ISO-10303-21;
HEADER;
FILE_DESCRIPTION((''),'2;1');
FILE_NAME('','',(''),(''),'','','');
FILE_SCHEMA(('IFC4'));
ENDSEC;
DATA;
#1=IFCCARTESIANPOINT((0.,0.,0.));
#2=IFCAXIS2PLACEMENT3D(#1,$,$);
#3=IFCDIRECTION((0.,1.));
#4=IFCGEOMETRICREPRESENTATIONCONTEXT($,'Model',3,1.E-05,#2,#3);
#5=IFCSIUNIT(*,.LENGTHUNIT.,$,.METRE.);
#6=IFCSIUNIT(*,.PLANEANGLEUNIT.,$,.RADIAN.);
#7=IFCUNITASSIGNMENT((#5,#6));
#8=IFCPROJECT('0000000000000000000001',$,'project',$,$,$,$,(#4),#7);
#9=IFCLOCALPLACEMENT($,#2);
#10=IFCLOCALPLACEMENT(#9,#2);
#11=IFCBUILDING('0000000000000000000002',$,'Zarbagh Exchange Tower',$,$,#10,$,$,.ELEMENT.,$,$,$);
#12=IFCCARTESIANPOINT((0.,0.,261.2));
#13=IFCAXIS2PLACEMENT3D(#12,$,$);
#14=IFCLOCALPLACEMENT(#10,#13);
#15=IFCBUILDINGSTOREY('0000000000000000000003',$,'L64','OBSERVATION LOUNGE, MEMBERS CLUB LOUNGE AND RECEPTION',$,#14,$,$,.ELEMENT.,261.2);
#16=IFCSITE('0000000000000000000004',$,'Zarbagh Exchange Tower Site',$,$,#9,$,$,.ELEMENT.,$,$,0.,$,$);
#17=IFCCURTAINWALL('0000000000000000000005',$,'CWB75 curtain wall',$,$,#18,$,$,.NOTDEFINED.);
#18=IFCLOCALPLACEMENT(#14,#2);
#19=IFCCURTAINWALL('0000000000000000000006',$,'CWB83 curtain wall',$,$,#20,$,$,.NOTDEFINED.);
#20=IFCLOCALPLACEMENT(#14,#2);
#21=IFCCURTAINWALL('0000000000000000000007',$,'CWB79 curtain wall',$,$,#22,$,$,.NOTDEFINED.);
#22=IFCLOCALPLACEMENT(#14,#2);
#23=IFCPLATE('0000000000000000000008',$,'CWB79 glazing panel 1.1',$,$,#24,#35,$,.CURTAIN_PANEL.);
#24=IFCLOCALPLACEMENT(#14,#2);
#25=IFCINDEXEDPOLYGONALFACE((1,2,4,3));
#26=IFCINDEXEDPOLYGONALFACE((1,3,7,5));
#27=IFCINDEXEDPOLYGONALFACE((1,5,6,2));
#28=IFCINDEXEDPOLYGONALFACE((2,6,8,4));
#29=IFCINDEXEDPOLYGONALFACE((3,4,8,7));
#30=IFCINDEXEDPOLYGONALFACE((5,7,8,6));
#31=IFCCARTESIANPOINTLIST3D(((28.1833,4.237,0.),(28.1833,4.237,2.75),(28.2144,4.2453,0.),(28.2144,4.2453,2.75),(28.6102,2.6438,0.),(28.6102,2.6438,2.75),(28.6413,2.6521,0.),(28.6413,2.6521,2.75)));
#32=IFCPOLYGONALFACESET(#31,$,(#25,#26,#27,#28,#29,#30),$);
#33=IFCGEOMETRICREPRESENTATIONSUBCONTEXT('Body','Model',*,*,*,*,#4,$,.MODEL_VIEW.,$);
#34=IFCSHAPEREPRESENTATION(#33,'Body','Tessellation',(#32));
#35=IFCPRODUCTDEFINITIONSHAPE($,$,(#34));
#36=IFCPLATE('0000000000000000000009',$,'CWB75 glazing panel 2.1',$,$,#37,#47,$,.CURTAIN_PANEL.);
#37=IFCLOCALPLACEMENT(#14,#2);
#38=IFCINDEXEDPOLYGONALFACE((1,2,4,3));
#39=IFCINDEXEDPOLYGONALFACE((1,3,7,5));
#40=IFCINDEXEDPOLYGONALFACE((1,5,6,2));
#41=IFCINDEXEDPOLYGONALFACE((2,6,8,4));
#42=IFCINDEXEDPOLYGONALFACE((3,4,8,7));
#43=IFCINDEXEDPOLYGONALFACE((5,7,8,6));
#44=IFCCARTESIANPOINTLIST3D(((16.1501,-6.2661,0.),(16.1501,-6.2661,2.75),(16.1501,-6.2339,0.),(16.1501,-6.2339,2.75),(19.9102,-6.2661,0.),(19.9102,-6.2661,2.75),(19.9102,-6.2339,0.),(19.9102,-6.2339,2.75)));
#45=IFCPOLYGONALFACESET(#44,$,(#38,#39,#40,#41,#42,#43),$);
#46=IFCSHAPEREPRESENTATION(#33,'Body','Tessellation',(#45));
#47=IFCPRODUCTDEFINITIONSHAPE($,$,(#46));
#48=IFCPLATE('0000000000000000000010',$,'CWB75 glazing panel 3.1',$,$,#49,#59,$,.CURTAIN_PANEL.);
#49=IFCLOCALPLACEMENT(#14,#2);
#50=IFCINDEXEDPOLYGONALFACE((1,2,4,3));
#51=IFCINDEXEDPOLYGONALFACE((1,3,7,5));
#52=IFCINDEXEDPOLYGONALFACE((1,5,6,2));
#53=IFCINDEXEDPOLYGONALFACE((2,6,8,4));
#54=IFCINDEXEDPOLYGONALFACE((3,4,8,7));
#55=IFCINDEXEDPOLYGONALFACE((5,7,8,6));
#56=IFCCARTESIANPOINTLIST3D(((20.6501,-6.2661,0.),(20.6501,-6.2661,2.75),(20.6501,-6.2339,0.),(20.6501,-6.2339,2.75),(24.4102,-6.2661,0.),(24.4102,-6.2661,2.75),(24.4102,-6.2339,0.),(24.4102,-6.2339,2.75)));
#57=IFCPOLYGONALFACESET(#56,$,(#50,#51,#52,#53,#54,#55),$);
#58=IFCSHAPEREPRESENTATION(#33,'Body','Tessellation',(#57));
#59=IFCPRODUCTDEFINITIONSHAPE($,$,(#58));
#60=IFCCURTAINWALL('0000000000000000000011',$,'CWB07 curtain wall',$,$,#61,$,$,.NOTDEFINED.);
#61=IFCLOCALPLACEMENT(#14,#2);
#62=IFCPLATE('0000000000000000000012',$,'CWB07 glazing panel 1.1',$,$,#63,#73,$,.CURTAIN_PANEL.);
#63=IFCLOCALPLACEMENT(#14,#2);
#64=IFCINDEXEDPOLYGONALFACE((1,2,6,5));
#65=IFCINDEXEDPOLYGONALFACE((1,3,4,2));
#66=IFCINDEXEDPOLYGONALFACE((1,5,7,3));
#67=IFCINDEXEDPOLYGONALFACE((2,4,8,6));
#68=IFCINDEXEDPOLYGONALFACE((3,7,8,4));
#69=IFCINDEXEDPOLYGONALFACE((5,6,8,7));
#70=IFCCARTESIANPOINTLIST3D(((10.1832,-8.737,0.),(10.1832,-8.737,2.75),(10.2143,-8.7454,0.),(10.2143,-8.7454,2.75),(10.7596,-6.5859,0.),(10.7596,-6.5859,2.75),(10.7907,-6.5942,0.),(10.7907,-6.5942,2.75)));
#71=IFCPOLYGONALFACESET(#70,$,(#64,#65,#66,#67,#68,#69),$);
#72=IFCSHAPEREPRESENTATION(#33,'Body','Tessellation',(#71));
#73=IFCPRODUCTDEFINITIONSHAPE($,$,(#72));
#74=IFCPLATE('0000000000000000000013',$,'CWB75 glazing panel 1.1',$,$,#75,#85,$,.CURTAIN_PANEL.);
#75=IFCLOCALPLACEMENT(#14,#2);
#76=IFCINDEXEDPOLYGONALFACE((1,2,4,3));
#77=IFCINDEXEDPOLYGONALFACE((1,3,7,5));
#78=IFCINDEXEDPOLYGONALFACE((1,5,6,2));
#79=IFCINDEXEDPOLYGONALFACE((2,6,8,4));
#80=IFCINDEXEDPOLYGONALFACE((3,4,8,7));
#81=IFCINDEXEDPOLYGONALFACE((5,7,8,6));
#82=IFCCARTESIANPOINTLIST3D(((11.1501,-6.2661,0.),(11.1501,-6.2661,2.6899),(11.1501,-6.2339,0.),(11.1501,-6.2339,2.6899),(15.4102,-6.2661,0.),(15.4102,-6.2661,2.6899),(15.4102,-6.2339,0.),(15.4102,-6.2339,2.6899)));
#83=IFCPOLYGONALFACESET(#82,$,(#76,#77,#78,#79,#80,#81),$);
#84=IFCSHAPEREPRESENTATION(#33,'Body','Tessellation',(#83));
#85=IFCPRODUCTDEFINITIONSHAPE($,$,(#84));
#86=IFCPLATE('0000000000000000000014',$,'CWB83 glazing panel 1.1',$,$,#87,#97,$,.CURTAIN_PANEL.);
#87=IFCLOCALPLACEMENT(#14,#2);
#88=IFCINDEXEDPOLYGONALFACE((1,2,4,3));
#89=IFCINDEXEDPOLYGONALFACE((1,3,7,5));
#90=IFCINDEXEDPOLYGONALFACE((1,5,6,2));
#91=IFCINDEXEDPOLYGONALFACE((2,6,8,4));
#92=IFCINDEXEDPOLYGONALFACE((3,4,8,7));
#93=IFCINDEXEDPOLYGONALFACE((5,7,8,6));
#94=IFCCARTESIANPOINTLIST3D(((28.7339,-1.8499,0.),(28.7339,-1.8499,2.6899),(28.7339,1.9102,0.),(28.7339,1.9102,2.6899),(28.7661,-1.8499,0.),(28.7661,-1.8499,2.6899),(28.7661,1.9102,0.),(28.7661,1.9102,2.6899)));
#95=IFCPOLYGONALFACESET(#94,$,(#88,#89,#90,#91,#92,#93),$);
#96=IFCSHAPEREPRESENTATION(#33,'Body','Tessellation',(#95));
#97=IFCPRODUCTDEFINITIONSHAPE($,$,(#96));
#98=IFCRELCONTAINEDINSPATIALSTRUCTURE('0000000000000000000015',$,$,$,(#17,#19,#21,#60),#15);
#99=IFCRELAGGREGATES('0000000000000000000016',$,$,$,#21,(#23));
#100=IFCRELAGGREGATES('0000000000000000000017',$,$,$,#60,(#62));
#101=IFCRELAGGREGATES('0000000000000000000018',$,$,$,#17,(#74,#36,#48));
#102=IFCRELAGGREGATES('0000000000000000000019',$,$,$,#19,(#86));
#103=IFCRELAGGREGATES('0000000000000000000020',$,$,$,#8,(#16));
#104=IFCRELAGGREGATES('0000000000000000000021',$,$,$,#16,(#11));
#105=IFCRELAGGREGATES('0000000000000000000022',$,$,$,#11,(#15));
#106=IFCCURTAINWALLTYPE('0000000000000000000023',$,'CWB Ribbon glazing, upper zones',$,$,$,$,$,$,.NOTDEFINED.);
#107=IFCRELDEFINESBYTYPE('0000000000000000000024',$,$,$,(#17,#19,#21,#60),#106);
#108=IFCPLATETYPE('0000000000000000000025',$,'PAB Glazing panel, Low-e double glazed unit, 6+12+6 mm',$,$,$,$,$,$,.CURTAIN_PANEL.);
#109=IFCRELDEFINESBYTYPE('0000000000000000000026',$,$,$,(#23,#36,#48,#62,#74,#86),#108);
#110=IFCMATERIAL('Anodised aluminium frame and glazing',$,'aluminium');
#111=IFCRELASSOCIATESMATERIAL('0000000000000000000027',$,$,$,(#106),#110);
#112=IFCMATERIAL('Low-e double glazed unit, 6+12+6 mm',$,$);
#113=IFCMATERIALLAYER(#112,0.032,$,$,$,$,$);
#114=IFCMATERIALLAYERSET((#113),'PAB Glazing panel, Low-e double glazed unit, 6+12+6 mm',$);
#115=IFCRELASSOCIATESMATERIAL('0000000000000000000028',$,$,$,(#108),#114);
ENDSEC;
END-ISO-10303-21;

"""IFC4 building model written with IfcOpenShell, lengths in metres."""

from ifc_helpers import new_model, si_unit, direction, frame, origin, place, context, subcontext, project, spatial, polyline, outline, extrude, source, transform, mapped, material, layer, layer_set, type_object, element, aggregate, save


model = new_model("IFC4")

# Units and contexts
model_context = context("Model", 3, precision=1e-05, world=origin(), true_north=direction((0.0, 1.0)))
body_context = subcontext(model_context, "Body", "Model", "MODEL_VIEW")
ifc_project = project(units=[si_unit("LENGTHUNIT", "METRE"), si_unit("PLANEANGLEUNIT", "RADIAN")], contexts=[model_context])

# Site, building, storey
site_placement = place(None, origin())
site = spatial("IfcSite", under=ifc_project, at=site_placement, Name="Zarbagh Exchange Tower Site", CompositionType="ELEMENT", RefElevation=0.0)
building_placement = place(site_placement, origin())
building = spatial("IfcBuilding", under=site, at=building_placement, Name="Zarbagh Exchange Tower", CompositionType="ELEMENT")
storey_placement = place(building_placement, frame((0.0, 0.0, 261.2)))
storey = spatial("IfcBuildingStorey", under=building, at=storey_placement, Name="L64", Description="OBSERVATION LOUNGE, MEMBERS CLUB LOUNGE AND RECEPTION", CompositionType="ELEMENT", Elevation=261.2)

# Curtain wall
ifc_material_1 = material(Name="Anodised aluminium frame and glazing", Category="aluminium")
curtain_wall_type = type_object("IfcCurtainWallType", Name="CWB Ribbon glazing, upper zones", PredefinedType="NOTDEFINED", material=ifc_material_1)
curtain_wall_1_placement = place(storey_placement, origin())
curtain_wall_1 = element("IfcCurtainWall", 1, at=curtain_wall_1_placement, inside=storey, type_object=curtain_wall_type, Name="CWB75 curtain wall", PredefinedType="NOTDEFINED")
placement = place(storey_placement, origin())

# Curtain walls
curtain_wall_2_placement = place(storey_placement, origin())
curtain_wall_2 = element("IfcCurtainWall", 2, at=curtain_wall_2_placement, inside=storey, type_object=curtain_wall_type, Name="CWB83 curtain wall", PredefinedType="NOTDEFINED")
curtain_wall_3_placement = place(storey_placement, origin())
curtain_wall_3 = element("IfcCurtainWall", 3, at=curtain_wall_3_placement, inside=storey, type_object=curtain_wall_type, Name="CWB79 curtain wall", PredefinedType="NOTDEFINED")

# Shared definitions
ifc_material_2 = material(Name="Low-e double glazed unit, 6+12+6 mm")
ifc_layer = layer(ifc_material_2, 0.032)
ifc_layer_set = layer_set([ifc_layer], Name="PAB Glazing panel, Low-e double glazed unit, 6+12+6 mm")
plate_type = type_object("IfcPlateType", Name="PAB Glazing panel, Low-e double glazed unit, 6+12+6 mm", PredefinedType="CURTAIN_PANEL", material=ifc_layer_set)

# Plates
shared_shape_1 = source(origin(), body_context, "Body", "SweptSolid", [
    extrude(outline(polyline([(0.0, -0.0161), (1.6494, -0.0161), (1.6494, 0.0161), (0.0, 0.0161), (0.0, -0.0161)])), origin(), (0.0, 0.0, 1.0), 2.75),
])
plate_1 = element("IfcPlate", 4, at=placement, type_object=plate_type, Name="CWB79 glazing panel 1.1", PredefinedType="CURTAIN_PANEL", context=body_context, shape_type="MappedRepresentation", body=[
    mapped(shared_shape_1, transform((28.6257, 2.6479, 0.0), x_axis=(-0.258825, 0.965924, 0.0), y_axis=(-0.965924, -0.258825, 0.0), z_axis=(0.0, 0.0, 1.0))),
])
aggregate(curtain_wall_3, [plate_1])
shared_shape_2 = source(origin(), body_context, "Body", "SweptSolid", [
    extrude(outline(polyline([(0.0, -0.0161), (3.76, -0.0161), (3.76, 0.0161), (0.0, 0.0161), (0.0, -0.0161)])), origin(), (0.0, 0.0, 1.0), 2.75),
])
plate_2 = element("IfcPlate", 5, at=placement, type_object=plate_type, Name="CWB75 glazing panel 2.1", PredefinedType="CURTAIN_PANEL", context=body_context, shape_type="MappedRepresentation", body=[
    mapped(shared_shape_2, transform((16.1501, -6.25, 0.0), x_axis=(1.0, 0.0, 0.0), y_axis=(0.0, 1.0, 0.0), z_axis=(0.0, 0.0, 1.0))),
])
plate_3 = element("IfcPlate", 6, at=placement, type_object=plate_type, Name="CWB75 glazing panel 3.1", PredefinedType="CURTAIN_PANEL", context=body_context, shape_type="MappedRepresentation", body=[
    mapped(shared_shape_2, transform((20.6501, -6.25, 0.0), x_axis=(1.0, 0.0, 0.0), y_axis=(0.0, 1.0, 0.0), z_axis=(0.0, 0.0, 1.0))),
])

# Curtain wall, plate
curtain_wall_4_placement = place(storey_placement, origin())
curtain_wall_4 = element("IfcCurtainWall", 7, at=curtain_wall_4_placement, inside=storey, type_object=curtain_wall_type, Name="CWB07 curtain wall", PredefinedType="NOTDEFINED")
shared_shape_3 = source(origin(), body_context, "Body", "SweptSolid", [
    extrude(outline(polyline([(0.0, -0.0161), (2.2271, -0.0161), (2.2271, 0.0161), (0.0, 0.0161), (0.0, -0.0161)])), origin(), (0.0, 0.0, 1.0), 2.75),
])
plate_4 = element("IfcPlate", 8, at=placement, type_object=plate_type, Name="CWB07 glazing panel 1.1", PredefinedType="CURTAIN_PANEL", context=body_context, shape_type="MappedRepresentation", body=[
    mapped(shared_shape_3, transform((10.1987, -8.7412, 0.0), x_axis=(0.258825, 0.965924, 0.0), y_axis=(-0.965924, 0.258825, 0.0), z_axis=(0.0, 0.0, 1.0))),
])
aggregate(curtain_wall_4, [plate_4])

# Plates
shared_shape_4 = source(origin(), body_context, "Body", "SweptSolid", [
    extrude(outline(polyline([(0.0, -0.0161), (4.26, -0.0161), (4.26, 0.0161), (0.0, 0.0161), (0.0, -0.0161)])), origin(), (0.0, 0.0, 1.0), 2.6899),
])
plate_5 = element("IfcPlate", 9, at=placement, type_object=plate_type, Name="CWB75 glazing panel 1.1", PredefinedType="CURTAIN_PANEL", context=body_context, shape_type="MappedRepresentation", body=[
    mapped(shared_shape_4, transform((11.1501, -6.25, 0.0), x_axis=(1.0, 0.0, 0.0), y_axis=(0.0, 1.0, 0.0), z_axis=(0.0, 0.0, 1.0))),
])
aggregate(curtain_wall_1, [plate_5, plate_2, plate_3])
shared_shape_5 = source(origin(), body_context, "Body", "SweptSolid", [
    extrude(outline(polyline([(0.0, -0.0161), (3.76, -0.0161), (3.76, 0.0161), (0.0, 0.0161), (0.0, -0.0161)])), origin(), (0.0, 0.0, 1.0), 2.6899),
])
plate_6 = element("IfcPlate", 10, at=placement, type_object=plate_type, Name="CWB83 glazing panel 1.1", PredefinedType="CURTAIN_PANEL", context=body_context, shape_type="MappedRepresentation", body=[
    mapped(shared_shape_5, transform((28.75, -1.8499, 0.0), x_axis=(0.0, 1.0, 0.0), y_axis=(-1.0, 0.0, 0.0), z_axis=(0.0, 0.0, 1.0))),
])
aggregate(curtain_wall_2, [plate_6])

save(model, "model.ifc")
